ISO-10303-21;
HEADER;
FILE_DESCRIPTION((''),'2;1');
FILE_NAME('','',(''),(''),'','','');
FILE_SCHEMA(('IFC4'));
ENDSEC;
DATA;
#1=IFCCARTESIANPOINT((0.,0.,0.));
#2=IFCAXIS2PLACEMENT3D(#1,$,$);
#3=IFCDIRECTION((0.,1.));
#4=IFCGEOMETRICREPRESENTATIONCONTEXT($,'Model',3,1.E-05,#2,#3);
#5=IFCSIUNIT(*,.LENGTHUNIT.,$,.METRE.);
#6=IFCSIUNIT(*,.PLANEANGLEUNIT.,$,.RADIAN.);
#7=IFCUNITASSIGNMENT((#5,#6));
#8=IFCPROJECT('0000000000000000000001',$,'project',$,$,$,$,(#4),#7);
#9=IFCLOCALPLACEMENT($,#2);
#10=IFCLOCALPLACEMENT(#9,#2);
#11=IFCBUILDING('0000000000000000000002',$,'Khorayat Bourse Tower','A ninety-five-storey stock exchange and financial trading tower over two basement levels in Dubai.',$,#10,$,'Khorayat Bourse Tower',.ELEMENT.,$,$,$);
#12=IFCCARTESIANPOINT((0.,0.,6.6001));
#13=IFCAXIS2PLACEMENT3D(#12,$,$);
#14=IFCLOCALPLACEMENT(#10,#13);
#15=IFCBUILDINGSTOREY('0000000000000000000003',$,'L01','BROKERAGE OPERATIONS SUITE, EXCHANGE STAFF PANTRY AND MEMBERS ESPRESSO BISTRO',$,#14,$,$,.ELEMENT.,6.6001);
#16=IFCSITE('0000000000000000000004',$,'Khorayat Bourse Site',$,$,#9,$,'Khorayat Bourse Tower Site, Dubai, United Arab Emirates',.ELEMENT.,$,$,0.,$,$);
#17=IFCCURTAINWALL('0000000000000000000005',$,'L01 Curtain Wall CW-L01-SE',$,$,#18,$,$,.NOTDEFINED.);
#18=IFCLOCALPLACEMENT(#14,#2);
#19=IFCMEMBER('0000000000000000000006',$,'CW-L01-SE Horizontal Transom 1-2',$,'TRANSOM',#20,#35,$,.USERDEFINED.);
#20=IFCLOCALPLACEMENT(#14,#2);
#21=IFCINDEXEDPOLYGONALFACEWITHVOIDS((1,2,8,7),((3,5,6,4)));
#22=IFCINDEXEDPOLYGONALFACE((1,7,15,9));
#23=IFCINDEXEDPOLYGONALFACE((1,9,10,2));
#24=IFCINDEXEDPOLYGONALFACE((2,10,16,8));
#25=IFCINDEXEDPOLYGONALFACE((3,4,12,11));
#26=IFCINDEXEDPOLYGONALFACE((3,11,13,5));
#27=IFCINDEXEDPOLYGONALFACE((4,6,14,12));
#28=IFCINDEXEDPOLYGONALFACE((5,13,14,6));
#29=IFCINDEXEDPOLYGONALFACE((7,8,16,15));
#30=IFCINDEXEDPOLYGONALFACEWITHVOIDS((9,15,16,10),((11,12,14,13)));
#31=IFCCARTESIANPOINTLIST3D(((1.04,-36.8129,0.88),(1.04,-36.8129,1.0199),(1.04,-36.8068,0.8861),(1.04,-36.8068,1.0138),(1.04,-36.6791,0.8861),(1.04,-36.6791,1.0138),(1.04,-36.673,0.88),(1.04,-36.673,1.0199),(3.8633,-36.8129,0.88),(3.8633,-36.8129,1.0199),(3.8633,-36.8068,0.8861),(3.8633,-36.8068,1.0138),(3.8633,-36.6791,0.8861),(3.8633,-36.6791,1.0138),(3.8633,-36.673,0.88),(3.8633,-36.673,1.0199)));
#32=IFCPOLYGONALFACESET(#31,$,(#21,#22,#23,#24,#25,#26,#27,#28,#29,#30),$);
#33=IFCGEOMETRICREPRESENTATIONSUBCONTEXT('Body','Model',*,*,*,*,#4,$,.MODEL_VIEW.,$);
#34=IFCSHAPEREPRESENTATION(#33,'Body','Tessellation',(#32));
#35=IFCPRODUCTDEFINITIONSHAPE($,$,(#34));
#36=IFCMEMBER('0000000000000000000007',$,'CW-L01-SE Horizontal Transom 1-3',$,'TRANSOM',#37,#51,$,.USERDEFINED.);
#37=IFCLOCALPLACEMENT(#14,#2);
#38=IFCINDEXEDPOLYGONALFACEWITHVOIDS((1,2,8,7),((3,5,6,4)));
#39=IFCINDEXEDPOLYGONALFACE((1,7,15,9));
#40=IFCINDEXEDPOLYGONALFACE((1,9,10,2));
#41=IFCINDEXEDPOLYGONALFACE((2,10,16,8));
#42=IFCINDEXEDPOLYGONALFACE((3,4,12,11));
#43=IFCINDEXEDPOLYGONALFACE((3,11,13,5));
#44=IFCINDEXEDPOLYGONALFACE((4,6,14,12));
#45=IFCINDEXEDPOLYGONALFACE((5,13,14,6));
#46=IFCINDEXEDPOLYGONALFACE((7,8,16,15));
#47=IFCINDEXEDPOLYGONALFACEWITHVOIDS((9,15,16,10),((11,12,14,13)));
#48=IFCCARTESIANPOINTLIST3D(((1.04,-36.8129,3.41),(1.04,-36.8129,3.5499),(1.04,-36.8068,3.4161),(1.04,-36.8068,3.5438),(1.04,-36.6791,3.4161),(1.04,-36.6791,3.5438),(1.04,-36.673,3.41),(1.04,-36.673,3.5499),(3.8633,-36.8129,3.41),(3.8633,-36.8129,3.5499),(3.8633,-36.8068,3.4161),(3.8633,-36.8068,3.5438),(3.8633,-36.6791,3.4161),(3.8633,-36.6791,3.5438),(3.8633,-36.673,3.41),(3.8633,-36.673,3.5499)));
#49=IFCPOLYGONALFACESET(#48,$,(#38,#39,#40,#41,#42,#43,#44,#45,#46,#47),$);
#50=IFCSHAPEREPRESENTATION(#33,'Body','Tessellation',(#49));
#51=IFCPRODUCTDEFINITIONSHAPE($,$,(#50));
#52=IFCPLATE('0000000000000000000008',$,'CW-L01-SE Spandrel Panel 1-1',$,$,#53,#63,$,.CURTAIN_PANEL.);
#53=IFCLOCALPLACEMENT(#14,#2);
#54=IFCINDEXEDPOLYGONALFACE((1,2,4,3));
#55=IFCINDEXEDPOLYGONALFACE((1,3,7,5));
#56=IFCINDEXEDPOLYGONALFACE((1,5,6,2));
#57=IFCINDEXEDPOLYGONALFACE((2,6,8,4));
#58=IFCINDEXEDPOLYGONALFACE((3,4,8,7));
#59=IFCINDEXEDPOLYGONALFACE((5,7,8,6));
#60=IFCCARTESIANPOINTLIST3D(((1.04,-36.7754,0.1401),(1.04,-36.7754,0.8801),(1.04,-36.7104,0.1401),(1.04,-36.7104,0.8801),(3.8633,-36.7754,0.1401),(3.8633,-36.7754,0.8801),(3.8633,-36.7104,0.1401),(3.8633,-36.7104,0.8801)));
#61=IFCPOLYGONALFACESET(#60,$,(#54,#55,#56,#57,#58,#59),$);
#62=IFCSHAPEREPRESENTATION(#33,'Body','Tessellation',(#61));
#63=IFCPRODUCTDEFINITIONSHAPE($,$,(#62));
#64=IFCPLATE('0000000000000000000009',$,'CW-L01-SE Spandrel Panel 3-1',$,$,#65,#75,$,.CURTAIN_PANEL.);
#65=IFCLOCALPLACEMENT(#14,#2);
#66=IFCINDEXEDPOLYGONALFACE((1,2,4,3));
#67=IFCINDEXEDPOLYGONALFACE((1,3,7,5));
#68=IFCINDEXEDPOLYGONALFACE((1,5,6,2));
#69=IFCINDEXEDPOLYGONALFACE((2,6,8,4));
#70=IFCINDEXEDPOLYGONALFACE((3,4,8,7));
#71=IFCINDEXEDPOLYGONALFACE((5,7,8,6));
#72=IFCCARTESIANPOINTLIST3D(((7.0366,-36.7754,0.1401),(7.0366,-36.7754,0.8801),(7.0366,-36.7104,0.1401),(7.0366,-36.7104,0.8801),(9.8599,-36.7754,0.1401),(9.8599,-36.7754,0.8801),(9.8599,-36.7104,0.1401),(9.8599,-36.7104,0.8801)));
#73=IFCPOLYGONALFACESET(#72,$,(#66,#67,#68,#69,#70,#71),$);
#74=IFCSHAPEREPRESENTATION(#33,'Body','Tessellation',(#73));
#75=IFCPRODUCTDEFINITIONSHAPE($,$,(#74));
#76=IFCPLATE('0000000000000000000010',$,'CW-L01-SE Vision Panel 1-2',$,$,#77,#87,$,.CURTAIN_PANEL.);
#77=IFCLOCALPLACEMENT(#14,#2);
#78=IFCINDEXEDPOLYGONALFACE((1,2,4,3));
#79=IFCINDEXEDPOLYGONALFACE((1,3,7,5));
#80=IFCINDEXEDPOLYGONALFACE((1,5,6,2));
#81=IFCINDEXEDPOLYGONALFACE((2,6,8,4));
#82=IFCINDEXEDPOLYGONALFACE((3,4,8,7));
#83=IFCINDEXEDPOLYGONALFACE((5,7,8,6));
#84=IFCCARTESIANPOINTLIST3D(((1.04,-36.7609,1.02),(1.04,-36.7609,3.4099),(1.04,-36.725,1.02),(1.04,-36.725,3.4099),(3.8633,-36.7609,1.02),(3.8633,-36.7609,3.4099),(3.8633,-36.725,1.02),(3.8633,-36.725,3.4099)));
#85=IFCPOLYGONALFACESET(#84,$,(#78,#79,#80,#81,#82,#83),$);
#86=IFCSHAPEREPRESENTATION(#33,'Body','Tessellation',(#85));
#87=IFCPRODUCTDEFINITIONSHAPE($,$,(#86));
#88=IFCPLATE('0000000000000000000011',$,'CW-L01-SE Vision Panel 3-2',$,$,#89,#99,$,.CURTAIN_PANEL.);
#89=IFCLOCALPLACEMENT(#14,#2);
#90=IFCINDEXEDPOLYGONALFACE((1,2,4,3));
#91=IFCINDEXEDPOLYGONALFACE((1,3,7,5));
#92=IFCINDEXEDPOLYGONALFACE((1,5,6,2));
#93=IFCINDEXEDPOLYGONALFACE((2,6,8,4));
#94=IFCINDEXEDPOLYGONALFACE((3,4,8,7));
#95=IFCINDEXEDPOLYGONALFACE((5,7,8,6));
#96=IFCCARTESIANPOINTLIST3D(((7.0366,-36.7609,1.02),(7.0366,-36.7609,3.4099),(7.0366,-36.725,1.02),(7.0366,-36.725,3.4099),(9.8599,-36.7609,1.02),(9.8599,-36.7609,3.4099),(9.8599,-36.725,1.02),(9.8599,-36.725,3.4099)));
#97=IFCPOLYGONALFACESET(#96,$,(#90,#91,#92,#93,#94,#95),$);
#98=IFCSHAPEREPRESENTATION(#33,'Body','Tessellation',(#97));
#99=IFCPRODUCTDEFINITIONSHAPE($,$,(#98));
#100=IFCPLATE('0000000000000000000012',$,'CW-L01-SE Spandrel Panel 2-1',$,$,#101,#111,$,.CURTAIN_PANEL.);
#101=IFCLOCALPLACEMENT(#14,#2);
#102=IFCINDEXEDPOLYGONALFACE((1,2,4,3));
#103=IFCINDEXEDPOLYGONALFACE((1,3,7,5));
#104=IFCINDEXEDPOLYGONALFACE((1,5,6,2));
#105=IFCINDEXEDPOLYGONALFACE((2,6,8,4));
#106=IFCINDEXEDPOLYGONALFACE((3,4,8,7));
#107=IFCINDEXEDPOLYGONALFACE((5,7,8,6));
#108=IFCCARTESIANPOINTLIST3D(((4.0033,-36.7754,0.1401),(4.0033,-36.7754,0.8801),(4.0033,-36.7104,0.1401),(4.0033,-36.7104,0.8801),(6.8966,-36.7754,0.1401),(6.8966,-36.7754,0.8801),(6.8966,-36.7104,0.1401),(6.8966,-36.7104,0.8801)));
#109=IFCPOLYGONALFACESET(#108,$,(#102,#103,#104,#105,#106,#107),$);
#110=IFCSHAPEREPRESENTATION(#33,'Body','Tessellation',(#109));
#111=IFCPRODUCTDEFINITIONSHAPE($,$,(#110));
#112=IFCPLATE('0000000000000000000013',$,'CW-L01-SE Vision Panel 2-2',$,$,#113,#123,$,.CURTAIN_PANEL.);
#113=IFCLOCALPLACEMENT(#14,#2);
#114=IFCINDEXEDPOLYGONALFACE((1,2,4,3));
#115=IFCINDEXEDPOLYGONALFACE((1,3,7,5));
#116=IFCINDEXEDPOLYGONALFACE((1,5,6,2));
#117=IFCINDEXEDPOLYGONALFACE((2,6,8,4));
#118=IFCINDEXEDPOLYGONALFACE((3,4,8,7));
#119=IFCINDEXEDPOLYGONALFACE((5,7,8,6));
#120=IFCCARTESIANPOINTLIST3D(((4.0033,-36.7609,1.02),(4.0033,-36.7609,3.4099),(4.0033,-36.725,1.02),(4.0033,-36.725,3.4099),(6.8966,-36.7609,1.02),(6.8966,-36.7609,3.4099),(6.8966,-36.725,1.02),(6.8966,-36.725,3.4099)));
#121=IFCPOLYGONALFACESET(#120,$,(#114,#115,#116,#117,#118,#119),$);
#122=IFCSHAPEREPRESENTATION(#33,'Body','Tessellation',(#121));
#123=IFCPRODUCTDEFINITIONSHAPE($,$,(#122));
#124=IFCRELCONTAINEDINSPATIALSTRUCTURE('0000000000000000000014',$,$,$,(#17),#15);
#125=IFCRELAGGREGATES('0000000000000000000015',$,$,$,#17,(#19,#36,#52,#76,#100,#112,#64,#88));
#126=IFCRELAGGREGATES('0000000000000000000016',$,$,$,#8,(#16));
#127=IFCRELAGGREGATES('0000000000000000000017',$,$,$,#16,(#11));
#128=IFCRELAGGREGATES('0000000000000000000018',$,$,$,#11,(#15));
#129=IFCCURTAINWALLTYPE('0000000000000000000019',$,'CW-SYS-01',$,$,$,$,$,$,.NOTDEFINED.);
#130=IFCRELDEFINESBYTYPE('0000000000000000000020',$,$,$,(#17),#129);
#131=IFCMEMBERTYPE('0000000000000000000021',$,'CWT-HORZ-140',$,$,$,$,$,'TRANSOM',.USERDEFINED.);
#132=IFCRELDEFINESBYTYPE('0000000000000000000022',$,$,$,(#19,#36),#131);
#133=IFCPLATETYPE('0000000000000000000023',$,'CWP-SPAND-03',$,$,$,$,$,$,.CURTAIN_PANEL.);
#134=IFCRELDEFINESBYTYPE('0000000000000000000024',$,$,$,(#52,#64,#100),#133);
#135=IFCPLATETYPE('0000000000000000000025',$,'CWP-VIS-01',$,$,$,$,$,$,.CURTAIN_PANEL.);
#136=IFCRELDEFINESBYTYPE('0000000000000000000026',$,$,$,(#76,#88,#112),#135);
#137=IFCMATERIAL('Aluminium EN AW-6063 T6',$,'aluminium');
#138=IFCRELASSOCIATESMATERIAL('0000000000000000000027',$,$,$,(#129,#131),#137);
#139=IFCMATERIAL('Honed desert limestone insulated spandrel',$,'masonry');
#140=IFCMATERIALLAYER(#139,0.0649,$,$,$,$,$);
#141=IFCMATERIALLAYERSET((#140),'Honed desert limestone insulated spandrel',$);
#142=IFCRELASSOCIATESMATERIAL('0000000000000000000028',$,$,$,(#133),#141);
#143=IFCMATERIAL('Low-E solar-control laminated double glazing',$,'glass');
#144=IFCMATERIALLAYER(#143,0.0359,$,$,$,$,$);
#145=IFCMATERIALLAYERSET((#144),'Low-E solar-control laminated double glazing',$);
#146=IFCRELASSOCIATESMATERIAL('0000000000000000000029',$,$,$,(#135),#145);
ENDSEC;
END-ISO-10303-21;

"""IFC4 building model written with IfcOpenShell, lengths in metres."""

from ifc_helpers import new_model, si_unit, direction, frame, origin, origin_2d, place, context, subcontext, project, spatial, rectangle, hollow_rectangle, extrude, source, transform, mapped, material, layer, layer_set, material_profile, profile_set, type_object, element, aggregate, save


model = new_model("IFC4")

# Units and contexts
model_context = context("Model", 3, precision=1e-05, world=origin(), true_north=direction((0.0, 1.0)))
body_context = subcontext(model_context, "Body", "Model", "MODEL_VIEW")
ifc_project = project(units=[si_unit("LENGTHUNIT", "METRE"), si_unit("PLANEANGLEUNIT", "RADIAN")], contexts=[model_context])

# Site, building, storey
site_placement = place(None, origin())
site = spatial("IfcSite", under=ifc_project, at=site_placement, Name="Khorayat Bourse Site", LongName="Khorayat Bourse Tower Site, Dubai, United Arab Emirates", CompositionType="ELEMENT", RefElevation=0.0)
building_placement = place(site_placement, origin())
building = spatial("IfcBuilding", under=site, at=building_placement, Name="Khorayat Bourse Tower", Description="A ninety-five-storey stock exchange and financial trading tower over two basement levels in Dubai.", LongName="Khorayat Bourse Tower", CompositionType="ELEMENT")
storey_placement = place(building_placement, frame((0.0, 0.0, 6.6001)))
storey = spatial("IfcBuildingStorey", under=building, at=storey_placement, Name="L01", Description="BROKERAGE OPERATIONS SUITE, EXCHANGE STAFF PANTRY AND MEMBERS ESPRESSO BISTRO", CompositionType="ELEMENT", Elevation=6.6001)

# Shared definitions
ifc_material_1 = material(Name="Aluminium EN AW-6063 T6", Category="aluminium")
curtain_wall_type = type_object("IfcCurtainWallType", Name="CW-SYS-01", PredefinedType="NOTDEFINED", material=ifc_material_1)

# Curtain wall, members, plates
curtain_wall_1_placement = place(storey_placement, origin())
curtain_wall_1 = element("IfcCurtainWall", 1, at=curtain_wall_1_placement, inside=storey, type_object=curtain_wall_type, Name="L01 Curtain Wall CW-L01-SE", PredefinedType="NOTDEFINED")
ifc_material_profile_1 = material_profile(ifc_material_1, hollow_rectangle(XDim=0.1399, YDim=0.1399, WallThickness=0.0061, at=origin_2d()), Name="ALU 140x140x6")
ifc_profile_set_1 = profile_set([ifc_material_profile_1], Name="Aluminium EN AW-6063 T6")
member_type_1 = type_object("IfcMemberType", Name="CWT-HORZ-140", ElementType="TRANSOM", PredefinedType="USERDEFINED", material=ifc_profile_set_1)
shared_shape_1 = source(origin(), body_context, "Body", "SweptSolid", [
    extrude(hollow_rectangle(XDim=0.1399, YDim=0.1399, WallThickness=0.0061, at=origin_2d()), origin(), (0.0, 0.0, 1.0), 2.8232),
])
member_1_placement = place(storey_placement, frame((1.04, -36.7429, 0.95), z_axis=(1.0, 0.0, 0.0), x_axis=(0.0, 1.0, 0.0)))
member_1 = element("IfcMember", 2, at=member_1_placement, type_object=member_type_1, Name="CW-L01-SE Horizontal Transom 1-2", ObjectType="TRANSOM", PredefinedType="USERDEFINED", context=body_context, shape_type="MappedRepresentation", body=[
    mapped(shared_shape_1, transform((0.0, 0.0, 0.0), scale=1.0)),
])
member_2_placement = place(storey_placement, frame((1.04, -36.7429, 3.48), z_axis=(1.0, 0.0, 0.0), x_axis=(0.0, 1.0, 0.0)))
member_2 = element("IfcMember", 3, at=member_2_placement, type_object=member_type_1, Name="CW-L01-SE Horizontal Transom 1-3", ObjectType="TRANSOM", PredefinedType="USERDEFINED", context=body_context, shape_type="MappedRepresentation", body=[
    mapped(shared_shape_1, transform((0.0, 0.0, 0.0), scale=1.0)),
])
ifc_material_2 = material(Name="Honed desert limestone insulated spandrel", Category="masonry")
ifc_layer_1 = layer(ifc_material_2, 0.0649)
ifc_layer_set_1 = layer_set([ifc_layer_1], Name="Honed desert limestone insulated spandrel")
plate_type_1 = type_object("IfcPlateType", Name="CWP-SPAND-03", PredefinedType="CURTAIN_PANEL", material=ifc_layer_set_1)
shared_shape_2 = source(origin(), body_context, "Body", "SweptSolid", [
    extrude(rectangle(XDim=2.8232, YDim=0.0649, at=origin_2d()), origin(), (0.0, 0.0, 1.0), 0.74),
])
plate_1_placement = place(storey_placement, frame((2.4517, -36.7429, 0.1401), z_axis=(0.0, 0.0, 1.0), x_axis=(1.0, 0.0, 0.0)))
plate_1 = element("IfcPlate", 4, at=plate_1_placement, type_object=plate_type_1, Name="CW-L01-SE Spandrel Panel 1-1", PredefinedType="CURTAIN_PANEL", context=body_context, shape_type="MappedRepresentation", body=[
    mapped(shared_shape_2, transform((0.0, 0.0, 0.0), scale=1.0)),
])
plate_2_placement = place(storey_placement, frame((8.4482, -36.7429, 0.1401), z_axis=(0.0, 0.0, 1.0), x_axis=(1.0, 0.0, 0.0)))
plate_2 = element("IfcPlate", 5, at=plate_2_placement, type_object=plate_type_1, Name="CW-L01-SE Spandrel Panel 3-1", PredefinedType="CURTAIN_PANEL", context=body_context, shape_type="MappedRepresentation", body=[
    mapped(shared_shape_2, transform((0.0, 0.0, 0.0), scale=1.0)),
])
ifc_material_3 = material(Name="Low-E solar-control laminated double glazing", Category="glass")
ifc_layer_2 = layer(ifc_material_3, 0.0359)
ifc_layer_set_2 = layer_set([ifc_layer_2], Name="Low-E solar-control laminated double glazing")
plate_type_2 = type_object("IfcPlateType", Name="CWP-VIS-01", PredefinedType="CURTAIN_PANEL", material=ifc_layer_set_2)
shared_shape_3 = source(origin(), body_context, "Body", "SweptSolid", [
    extrude(rectangle(XDim=2.8232, YDim=0.0359, at=origin_2d()), origin(), (0.0, 0.0, 1.0), 2.3899),
])
plate_3_placement = place(storey_placement, frame((2.4517, -36.7429, 1.02), z_axis=(0.0, 0.0, 1.0), x_axis=(1.0, 0.0, 0.0)))
plate_3 = element("IfcPlate", 6, at=plate_3_placement, type_object=plate_type_2, Name="CW-L01-SE Vision Panel 1-2", PredefinedType="CURTAIN_PANEL", context=body_context, shape_type="MappedRepresentation", body=[
    mapped(shared_shape_3, transform((0.0, 0.0, 0.0), scale=1.0)),
])
plate_4_placement = place(storey_placement, frame((8.4482, -36.7429, 1.02), z_axis=(0.0, 0.0, 1.0), x_axis=(1.0, 0.0, 0.0)))
plate_4 = element("IfcPlate", 7, at=plate_4_placement, type_object=plate_type_2, Name="CW-L01-SE Vision Panel 3-2", PredefinedType="CURTAIN_PANEL", context=body_context, shape_type="MappedRepresentation", body=[
    mapped(shared_shape_3, transform((0.0, 0.0, 0.0), scale=1.0)),
])
shared_shape_4 = source(origin(), body_context, "Body", "SweptSolid", [
    extrude(rectangle(XDim=2.8933, YDim=0.0649, at=origin_2d()), origin(), (0.0, 0.0, 1.0), 0.74),
])
plate_5_placement = place(storey_placement, frame((5.45, -36.7429, 0.1401), z_axis=(0.0, 0.0, 1.0), x_axis=(1.0, 0.0, 0.0)))
plate_5 = element("IfcPlate", 8, at=plate_5_placement, type_object=plate_type_1, Name="CW-L01-SE Spandrel Panel 2-1", PredefinedType="CURTAIN_PANEL", context=body_context, shape_type="MappedRepresentation", body=[
    mapped(shared_shape_4, transform((0.0, 0.0, 0.0), scale=1.0)),
])
shared_shape_5 = source(origin(), body_context, "Body", "SweptSolid", [
    extrude(rectangle(XDim=2.8933, YDim=0.0359, at=origin_2d()), origin(), (0.0, 0.0, 1.0), 2.3899),
])
plate_6_placement = place(storey_placement, frame((5.45, -36.7429, 1.02), z_axis=(0.0, 0.0, 1.0), x_axis=(1.0, 0.0, 0.0)))
plate_6 = element("IfcPlate", 9, at=plate_6_placement, type_object=plate_type_2, Name="CW-L01-SE Vision Panel 2-2", PredefinedType="CURTAIN_PANEL", context=body_context, shape_type="MappedRepresentation", body=[
    mapped(shared_shape_5, transform((0.0, 0.0, 0.0), scale=1.0)),
])
aggregate(curtain_wall_1, [member_1, member_2, plate_1, plate_3, plate_5, plate_6, plate_2, plate_4])

save(model, "model.ifc")
